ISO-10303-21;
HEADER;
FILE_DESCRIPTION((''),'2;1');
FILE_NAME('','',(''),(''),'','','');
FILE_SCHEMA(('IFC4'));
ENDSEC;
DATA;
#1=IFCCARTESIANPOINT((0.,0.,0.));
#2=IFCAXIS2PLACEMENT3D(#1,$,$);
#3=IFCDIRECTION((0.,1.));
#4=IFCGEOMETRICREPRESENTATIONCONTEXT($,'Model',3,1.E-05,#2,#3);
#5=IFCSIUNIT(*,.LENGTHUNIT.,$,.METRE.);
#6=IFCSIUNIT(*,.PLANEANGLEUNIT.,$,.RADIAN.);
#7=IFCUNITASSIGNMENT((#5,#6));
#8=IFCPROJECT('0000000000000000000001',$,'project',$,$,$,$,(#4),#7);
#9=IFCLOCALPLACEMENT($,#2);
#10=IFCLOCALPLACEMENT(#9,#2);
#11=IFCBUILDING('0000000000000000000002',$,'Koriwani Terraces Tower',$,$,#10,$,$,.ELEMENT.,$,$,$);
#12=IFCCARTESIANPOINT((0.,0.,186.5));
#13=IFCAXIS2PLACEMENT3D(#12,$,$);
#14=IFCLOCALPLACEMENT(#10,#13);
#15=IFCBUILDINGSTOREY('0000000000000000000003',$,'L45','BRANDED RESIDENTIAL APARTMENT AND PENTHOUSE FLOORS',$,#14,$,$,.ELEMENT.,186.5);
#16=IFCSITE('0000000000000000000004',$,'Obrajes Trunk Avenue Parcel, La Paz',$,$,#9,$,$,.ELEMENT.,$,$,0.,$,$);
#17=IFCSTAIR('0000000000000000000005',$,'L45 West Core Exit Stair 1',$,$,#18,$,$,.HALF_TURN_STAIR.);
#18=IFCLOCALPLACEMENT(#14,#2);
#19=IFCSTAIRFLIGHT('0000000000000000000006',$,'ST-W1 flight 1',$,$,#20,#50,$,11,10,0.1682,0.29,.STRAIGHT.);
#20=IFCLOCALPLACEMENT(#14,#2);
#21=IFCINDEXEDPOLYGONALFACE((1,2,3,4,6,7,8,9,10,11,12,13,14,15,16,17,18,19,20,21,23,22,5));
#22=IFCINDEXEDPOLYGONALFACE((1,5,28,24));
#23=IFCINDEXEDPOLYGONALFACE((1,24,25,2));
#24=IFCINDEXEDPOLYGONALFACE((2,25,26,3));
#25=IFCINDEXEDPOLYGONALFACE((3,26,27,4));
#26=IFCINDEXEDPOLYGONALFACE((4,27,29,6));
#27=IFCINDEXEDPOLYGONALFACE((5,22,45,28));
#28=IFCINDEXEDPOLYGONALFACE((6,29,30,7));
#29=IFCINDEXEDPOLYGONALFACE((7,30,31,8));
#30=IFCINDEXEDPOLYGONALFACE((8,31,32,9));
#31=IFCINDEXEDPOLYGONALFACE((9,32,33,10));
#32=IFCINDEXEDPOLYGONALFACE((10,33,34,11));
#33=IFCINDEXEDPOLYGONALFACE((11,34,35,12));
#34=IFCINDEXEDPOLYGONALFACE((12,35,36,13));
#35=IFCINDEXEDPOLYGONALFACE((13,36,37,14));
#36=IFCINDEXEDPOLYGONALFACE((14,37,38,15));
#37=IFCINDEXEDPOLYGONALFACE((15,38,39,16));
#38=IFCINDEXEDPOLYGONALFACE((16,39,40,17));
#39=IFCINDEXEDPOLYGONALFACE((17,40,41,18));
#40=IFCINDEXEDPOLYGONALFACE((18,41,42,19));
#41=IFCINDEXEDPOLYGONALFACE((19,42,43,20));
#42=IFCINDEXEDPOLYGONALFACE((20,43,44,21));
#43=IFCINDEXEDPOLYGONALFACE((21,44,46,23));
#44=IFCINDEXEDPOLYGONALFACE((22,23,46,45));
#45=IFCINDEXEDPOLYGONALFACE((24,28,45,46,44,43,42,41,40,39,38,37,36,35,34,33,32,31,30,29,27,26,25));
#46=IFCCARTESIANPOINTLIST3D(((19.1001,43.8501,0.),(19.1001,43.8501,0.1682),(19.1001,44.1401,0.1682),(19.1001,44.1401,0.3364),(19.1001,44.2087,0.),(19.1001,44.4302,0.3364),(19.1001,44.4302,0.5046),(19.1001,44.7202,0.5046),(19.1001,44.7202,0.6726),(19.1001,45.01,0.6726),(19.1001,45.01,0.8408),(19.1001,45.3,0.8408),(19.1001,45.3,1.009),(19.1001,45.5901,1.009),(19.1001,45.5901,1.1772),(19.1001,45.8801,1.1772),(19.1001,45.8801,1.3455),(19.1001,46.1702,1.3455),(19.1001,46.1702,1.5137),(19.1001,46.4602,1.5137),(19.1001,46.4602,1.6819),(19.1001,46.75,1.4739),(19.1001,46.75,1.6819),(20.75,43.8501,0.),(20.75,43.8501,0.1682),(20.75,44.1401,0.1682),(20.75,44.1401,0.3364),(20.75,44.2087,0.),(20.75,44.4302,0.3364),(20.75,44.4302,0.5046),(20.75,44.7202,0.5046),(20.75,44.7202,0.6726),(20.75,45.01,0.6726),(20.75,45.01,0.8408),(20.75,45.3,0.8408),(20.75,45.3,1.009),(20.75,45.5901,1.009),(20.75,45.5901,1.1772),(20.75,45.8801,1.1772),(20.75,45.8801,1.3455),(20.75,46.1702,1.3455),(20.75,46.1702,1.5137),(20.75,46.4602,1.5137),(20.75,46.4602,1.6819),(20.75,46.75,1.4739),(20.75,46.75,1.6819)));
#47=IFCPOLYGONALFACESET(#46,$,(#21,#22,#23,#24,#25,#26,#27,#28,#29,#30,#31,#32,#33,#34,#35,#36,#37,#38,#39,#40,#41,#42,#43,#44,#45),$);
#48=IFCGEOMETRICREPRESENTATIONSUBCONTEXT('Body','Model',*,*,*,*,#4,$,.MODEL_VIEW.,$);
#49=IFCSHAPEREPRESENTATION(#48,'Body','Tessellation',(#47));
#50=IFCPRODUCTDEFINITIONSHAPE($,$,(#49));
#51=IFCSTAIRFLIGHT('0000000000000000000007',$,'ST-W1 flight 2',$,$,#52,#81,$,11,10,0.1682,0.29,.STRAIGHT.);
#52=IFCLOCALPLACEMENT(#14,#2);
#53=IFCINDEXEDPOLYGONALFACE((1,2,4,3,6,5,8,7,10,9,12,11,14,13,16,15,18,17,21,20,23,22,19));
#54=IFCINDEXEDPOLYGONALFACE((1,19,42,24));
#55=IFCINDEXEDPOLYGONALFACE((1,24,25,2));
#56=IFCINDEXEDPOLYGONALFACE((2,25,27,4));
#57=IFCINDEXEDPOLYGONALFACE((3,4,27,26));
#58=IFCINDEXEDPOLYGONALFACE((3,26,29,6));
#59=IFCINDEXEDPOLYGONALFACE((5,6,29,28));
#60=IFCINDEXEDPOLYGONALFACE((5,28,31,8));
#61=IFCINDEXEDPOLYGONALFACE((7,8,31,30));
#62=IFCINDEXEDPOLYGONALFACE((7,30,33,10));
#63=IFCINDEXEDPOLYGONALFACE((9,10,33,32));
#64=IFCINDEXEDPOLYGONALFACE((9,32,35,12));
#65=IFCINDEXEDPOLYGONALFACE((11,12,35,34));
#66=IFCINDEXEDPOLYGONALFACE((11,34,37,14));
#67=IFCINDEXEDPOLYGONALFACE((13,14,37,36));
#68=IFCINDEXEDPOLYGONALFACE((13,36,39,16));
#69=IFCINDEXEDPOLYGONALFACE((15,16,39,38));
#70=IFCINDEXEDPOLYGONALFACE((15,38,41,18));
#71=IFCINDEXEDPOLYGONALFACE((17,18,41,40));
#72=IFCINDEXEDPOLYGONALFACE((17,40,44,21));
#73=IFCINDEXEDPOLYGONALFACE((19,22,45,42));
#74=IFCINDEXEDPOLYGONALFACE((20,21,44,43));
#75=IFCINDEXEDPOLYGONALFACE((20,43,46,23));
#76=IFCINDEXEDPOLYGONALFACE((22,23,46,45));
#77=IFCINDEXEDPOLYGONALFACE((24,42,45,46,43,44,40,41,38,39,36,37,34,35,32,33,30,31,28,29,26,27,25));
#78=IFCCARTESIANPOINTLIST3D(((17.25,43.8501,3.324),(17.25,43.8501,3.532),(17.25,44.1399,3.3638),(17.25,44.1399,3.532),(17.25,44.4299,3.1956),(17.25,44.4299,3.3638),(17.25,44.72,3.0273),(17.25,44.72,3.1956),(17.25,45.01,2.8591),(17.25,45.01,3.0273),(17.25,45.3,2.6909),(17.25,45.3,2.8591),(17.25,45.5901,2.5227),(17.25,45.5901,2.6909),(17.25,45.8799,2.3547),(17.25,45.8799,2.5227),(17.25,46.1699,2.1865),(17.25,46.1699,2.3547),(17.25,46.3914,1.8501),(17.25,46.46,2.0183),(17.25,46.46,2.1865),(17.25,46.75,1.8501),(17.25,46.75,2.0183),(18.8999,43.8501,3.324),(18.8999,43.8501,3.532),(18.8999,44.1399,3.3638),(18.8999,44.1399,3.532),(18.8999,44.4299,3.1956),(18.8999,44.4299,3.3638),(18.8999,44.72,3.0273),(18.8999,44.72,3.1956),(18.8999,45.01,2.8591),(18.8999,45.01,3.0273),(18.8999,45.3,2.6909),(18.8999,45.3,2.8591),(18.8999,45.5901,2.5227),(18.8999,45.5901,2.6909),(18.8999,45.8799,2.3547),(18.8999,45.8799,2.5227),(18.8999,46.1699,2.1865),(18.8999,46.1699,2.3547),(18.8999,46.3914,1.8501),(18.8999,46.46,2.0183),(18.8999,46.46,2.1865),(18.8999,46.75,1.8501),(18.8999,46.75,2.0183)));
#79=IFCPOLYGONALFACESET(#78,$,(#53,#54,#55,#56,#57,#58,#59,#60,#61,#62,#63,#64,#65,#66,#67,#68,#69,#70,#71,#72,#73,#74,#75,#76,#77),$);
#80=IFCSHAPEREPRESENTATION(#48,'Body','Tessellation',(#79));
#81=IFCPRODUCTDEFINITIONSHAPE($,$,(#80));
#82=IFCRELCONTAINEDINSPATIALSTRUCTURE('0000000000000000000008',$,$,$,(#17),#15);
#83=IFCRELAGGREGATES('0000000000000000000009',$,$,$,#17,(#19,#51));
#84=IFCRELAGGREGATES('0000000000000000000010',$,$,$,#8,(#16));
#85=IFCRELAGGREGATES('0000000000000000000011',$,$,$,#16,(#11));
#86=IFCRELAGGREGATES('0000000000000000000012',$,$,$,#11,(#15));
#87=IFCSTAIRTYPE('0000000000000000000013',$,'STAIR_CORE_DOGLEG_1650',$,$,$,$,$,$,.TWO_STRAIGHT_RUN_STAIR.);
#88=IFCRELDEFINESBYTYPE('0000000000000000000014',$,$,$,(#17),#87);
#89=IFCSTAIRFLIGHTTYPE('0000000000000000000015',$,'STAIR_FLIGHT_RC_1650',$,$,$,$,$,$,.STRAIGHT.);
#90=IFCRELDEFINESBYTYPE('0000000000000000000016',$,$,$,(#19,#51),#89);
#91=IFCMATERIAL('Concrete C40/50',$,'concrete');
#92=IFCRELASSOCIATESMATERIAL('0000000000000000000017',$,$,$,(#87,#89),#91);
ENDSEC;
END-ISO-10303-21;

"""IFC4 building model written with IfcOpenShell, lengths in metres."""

from ifc_helpers import new_model, si_unit, direction, frame, origin, place, context, subcontext, project, spatial, polyline, outline, extrude, material, type_object, element, aggregate, save


model = new_model("IFC4")

# Units and contexts
model_context = context("Model", 3, precision=1e-05, world=origin(), true_north=direction((0.0, 1.0)))
body_context = subcontext(model_context, "Body", "Model", "MODEL_VIEW")
ifc_project = project(units=[si_unit("LENGTHUNIT", "METRE"), si_unit("PLANEANGLEUNIT", "RADIAN")], contexts=[model_context])

# Site, building, storey
site_placement = place(None, origin())
site = spatial("IfcSite", under=ifc_project, at=site_placement, Name="Obrajes Trunk Avenue Parcel, La Paz", CompositionType="ELEMENT", RefElevation=0.0)
building_placement = place(site_placement, origin())
building = spatial("IfcBuilding", under=site, at=building_placement, Name="Koriwani Terraces Tower", CompositionType="ELEMENT")
storey_placement = place(building_placement, frame((0.0, 0.0, 186.5)))
storey = spatial("IfcBuildingStorey", under=building, at=storey_placement, Name="L45", Description="BRANDED RESIDENTIAL APARTMENT AND PENTHOUSE FLOORS", CompositionType="ELEMENT", Elevation=186.5)

# Shared definitions
ifc_material_1 = material(Name="Concrete C40/50", Category="concrete")

# Stair, stair flights
stair_type = type_object("IfcStairType", Name="STAIR_CORE_DOGLEG_1650", PredefinedType="TWO_STRAIGHT_RUN_STAIR", material=ifc_material_1)
stair_placement = place(storey_placement, origin())
stair = element("IfcStair", 1, at=stair_placement, inside=storey, type_object=stair_type, Name="L45 West Core Exit Stair 1", PredefinedType="HALF_TURN_STAIR")
stair_flight_type = type_object("IfcStairFlightType", Name="STAIR_FLIGHT_RC_1650", PredefinedType="STRAIGHT", material=ifc_material_1)
stair_flight_1_placement = place(storey_placement, frame((19.925, 43.8501, 0.0), z_axis=(0.0, 0.0, 1.0), x_axis=(0.0, 1.0, 0.0)))
stair_flight_1 = element("IfcStairFlight", 2, at=stair_flight_1_placement, type_object=stair_flight_type, Name="ST-W1 flight 1", NumberOfRisers=11, NumberOfTreads=10, PredefinedType="STRAIGHT", RiserHeight=0.1682, TreadLength=0.29, context=body_context, shape_type="SweptSolid", body=[
    extrude(outline(polyline([(0.0, 0.0), (0.0, 0.1682), (0.29, 0.1682), (0.29, 0.3364), (0.5801, 0.3364), (0.5801, 0.5046), (0.8701, 0.5046), (0.8701, 0.6726), (1.1599, 0.6726), (1.1599, 0.8408), (1.45, 0.8408), (1.45, 1.009), (1.74, 1.009), (1.74, 1.1772), (2.03, 1.1772), (2.03, 1.3455), (2.3201, 1.3455), (2.3201, 1.5137), (2.6101, 1.5137), (2.6101, 1.6819), (2.8999, 1.6819), (2.8999, 1.8501), (2.8999, 1.4739), (0.3586, 0.0), (0.0, 0.0)])), frame((0.0, 0.825, 0.0), z_axis=(0.0, -1.0, 0.0), x_axis=(1.0, 0.0, 0.0)), (0.0, 0.0, 1.0), 1.6499),
])
stair_flight_2_placement = place(storey_placement, frame((18.075, 46.75, 1.8501), z_axis=(0.0, 0.0, 1.0), x_axis=(0.0, -1.0, 0.0)))
stair_flight_2 = element("IfcStairFlight", 3, at=stair_flight_2_placement, type_object=stair_flight_type, Name="ST-W1 flight 2", NumberOfRisers=11, NumberOfTreads=10, PredefinedType="STRAIGHT", RiserHeight=0.1682, TreadLength=0.29, context=body_context, shape_type="SweptSolid", body=[
    extrude(outline(polyline([(0.0, 0.0), (0.0, 0.1682), (0.29, 0.1682), (0.29, 0.3364), (0.5801, 0.3364), (0.5801, 0.5046), (0.8701, 0.5046), (0.8701, 0.6726), (1.1599, 0.6726), (1.1599, 0.8408), (1.45, 0.8408), (1.45, 1.009), (1.74, 1.009), (1.74, 1.1772), (2.03, 1.1772), (2.03, 1.3455), (2.3201, 1.3455), (2.3201, 1.5137), (2.6101, 1.5137), (2.6101, 1.6819), (2.8999, 1.6819), (2.8999, 1.8501), (2.8999, 1.4739), (0.3586, 0.0), (0.0, 0.0)])), frame((0.0, 0.825, 0.0), z_axis=(0.0, -1.0, 0.0), x_axis=(1.0, 0.0, 0.0)), (0.0, 0.0, 1.0), 1.6499),
])
aggregate(stair, [stair_flight_1, stair_flight_2])

save(model, "model.ifc")
